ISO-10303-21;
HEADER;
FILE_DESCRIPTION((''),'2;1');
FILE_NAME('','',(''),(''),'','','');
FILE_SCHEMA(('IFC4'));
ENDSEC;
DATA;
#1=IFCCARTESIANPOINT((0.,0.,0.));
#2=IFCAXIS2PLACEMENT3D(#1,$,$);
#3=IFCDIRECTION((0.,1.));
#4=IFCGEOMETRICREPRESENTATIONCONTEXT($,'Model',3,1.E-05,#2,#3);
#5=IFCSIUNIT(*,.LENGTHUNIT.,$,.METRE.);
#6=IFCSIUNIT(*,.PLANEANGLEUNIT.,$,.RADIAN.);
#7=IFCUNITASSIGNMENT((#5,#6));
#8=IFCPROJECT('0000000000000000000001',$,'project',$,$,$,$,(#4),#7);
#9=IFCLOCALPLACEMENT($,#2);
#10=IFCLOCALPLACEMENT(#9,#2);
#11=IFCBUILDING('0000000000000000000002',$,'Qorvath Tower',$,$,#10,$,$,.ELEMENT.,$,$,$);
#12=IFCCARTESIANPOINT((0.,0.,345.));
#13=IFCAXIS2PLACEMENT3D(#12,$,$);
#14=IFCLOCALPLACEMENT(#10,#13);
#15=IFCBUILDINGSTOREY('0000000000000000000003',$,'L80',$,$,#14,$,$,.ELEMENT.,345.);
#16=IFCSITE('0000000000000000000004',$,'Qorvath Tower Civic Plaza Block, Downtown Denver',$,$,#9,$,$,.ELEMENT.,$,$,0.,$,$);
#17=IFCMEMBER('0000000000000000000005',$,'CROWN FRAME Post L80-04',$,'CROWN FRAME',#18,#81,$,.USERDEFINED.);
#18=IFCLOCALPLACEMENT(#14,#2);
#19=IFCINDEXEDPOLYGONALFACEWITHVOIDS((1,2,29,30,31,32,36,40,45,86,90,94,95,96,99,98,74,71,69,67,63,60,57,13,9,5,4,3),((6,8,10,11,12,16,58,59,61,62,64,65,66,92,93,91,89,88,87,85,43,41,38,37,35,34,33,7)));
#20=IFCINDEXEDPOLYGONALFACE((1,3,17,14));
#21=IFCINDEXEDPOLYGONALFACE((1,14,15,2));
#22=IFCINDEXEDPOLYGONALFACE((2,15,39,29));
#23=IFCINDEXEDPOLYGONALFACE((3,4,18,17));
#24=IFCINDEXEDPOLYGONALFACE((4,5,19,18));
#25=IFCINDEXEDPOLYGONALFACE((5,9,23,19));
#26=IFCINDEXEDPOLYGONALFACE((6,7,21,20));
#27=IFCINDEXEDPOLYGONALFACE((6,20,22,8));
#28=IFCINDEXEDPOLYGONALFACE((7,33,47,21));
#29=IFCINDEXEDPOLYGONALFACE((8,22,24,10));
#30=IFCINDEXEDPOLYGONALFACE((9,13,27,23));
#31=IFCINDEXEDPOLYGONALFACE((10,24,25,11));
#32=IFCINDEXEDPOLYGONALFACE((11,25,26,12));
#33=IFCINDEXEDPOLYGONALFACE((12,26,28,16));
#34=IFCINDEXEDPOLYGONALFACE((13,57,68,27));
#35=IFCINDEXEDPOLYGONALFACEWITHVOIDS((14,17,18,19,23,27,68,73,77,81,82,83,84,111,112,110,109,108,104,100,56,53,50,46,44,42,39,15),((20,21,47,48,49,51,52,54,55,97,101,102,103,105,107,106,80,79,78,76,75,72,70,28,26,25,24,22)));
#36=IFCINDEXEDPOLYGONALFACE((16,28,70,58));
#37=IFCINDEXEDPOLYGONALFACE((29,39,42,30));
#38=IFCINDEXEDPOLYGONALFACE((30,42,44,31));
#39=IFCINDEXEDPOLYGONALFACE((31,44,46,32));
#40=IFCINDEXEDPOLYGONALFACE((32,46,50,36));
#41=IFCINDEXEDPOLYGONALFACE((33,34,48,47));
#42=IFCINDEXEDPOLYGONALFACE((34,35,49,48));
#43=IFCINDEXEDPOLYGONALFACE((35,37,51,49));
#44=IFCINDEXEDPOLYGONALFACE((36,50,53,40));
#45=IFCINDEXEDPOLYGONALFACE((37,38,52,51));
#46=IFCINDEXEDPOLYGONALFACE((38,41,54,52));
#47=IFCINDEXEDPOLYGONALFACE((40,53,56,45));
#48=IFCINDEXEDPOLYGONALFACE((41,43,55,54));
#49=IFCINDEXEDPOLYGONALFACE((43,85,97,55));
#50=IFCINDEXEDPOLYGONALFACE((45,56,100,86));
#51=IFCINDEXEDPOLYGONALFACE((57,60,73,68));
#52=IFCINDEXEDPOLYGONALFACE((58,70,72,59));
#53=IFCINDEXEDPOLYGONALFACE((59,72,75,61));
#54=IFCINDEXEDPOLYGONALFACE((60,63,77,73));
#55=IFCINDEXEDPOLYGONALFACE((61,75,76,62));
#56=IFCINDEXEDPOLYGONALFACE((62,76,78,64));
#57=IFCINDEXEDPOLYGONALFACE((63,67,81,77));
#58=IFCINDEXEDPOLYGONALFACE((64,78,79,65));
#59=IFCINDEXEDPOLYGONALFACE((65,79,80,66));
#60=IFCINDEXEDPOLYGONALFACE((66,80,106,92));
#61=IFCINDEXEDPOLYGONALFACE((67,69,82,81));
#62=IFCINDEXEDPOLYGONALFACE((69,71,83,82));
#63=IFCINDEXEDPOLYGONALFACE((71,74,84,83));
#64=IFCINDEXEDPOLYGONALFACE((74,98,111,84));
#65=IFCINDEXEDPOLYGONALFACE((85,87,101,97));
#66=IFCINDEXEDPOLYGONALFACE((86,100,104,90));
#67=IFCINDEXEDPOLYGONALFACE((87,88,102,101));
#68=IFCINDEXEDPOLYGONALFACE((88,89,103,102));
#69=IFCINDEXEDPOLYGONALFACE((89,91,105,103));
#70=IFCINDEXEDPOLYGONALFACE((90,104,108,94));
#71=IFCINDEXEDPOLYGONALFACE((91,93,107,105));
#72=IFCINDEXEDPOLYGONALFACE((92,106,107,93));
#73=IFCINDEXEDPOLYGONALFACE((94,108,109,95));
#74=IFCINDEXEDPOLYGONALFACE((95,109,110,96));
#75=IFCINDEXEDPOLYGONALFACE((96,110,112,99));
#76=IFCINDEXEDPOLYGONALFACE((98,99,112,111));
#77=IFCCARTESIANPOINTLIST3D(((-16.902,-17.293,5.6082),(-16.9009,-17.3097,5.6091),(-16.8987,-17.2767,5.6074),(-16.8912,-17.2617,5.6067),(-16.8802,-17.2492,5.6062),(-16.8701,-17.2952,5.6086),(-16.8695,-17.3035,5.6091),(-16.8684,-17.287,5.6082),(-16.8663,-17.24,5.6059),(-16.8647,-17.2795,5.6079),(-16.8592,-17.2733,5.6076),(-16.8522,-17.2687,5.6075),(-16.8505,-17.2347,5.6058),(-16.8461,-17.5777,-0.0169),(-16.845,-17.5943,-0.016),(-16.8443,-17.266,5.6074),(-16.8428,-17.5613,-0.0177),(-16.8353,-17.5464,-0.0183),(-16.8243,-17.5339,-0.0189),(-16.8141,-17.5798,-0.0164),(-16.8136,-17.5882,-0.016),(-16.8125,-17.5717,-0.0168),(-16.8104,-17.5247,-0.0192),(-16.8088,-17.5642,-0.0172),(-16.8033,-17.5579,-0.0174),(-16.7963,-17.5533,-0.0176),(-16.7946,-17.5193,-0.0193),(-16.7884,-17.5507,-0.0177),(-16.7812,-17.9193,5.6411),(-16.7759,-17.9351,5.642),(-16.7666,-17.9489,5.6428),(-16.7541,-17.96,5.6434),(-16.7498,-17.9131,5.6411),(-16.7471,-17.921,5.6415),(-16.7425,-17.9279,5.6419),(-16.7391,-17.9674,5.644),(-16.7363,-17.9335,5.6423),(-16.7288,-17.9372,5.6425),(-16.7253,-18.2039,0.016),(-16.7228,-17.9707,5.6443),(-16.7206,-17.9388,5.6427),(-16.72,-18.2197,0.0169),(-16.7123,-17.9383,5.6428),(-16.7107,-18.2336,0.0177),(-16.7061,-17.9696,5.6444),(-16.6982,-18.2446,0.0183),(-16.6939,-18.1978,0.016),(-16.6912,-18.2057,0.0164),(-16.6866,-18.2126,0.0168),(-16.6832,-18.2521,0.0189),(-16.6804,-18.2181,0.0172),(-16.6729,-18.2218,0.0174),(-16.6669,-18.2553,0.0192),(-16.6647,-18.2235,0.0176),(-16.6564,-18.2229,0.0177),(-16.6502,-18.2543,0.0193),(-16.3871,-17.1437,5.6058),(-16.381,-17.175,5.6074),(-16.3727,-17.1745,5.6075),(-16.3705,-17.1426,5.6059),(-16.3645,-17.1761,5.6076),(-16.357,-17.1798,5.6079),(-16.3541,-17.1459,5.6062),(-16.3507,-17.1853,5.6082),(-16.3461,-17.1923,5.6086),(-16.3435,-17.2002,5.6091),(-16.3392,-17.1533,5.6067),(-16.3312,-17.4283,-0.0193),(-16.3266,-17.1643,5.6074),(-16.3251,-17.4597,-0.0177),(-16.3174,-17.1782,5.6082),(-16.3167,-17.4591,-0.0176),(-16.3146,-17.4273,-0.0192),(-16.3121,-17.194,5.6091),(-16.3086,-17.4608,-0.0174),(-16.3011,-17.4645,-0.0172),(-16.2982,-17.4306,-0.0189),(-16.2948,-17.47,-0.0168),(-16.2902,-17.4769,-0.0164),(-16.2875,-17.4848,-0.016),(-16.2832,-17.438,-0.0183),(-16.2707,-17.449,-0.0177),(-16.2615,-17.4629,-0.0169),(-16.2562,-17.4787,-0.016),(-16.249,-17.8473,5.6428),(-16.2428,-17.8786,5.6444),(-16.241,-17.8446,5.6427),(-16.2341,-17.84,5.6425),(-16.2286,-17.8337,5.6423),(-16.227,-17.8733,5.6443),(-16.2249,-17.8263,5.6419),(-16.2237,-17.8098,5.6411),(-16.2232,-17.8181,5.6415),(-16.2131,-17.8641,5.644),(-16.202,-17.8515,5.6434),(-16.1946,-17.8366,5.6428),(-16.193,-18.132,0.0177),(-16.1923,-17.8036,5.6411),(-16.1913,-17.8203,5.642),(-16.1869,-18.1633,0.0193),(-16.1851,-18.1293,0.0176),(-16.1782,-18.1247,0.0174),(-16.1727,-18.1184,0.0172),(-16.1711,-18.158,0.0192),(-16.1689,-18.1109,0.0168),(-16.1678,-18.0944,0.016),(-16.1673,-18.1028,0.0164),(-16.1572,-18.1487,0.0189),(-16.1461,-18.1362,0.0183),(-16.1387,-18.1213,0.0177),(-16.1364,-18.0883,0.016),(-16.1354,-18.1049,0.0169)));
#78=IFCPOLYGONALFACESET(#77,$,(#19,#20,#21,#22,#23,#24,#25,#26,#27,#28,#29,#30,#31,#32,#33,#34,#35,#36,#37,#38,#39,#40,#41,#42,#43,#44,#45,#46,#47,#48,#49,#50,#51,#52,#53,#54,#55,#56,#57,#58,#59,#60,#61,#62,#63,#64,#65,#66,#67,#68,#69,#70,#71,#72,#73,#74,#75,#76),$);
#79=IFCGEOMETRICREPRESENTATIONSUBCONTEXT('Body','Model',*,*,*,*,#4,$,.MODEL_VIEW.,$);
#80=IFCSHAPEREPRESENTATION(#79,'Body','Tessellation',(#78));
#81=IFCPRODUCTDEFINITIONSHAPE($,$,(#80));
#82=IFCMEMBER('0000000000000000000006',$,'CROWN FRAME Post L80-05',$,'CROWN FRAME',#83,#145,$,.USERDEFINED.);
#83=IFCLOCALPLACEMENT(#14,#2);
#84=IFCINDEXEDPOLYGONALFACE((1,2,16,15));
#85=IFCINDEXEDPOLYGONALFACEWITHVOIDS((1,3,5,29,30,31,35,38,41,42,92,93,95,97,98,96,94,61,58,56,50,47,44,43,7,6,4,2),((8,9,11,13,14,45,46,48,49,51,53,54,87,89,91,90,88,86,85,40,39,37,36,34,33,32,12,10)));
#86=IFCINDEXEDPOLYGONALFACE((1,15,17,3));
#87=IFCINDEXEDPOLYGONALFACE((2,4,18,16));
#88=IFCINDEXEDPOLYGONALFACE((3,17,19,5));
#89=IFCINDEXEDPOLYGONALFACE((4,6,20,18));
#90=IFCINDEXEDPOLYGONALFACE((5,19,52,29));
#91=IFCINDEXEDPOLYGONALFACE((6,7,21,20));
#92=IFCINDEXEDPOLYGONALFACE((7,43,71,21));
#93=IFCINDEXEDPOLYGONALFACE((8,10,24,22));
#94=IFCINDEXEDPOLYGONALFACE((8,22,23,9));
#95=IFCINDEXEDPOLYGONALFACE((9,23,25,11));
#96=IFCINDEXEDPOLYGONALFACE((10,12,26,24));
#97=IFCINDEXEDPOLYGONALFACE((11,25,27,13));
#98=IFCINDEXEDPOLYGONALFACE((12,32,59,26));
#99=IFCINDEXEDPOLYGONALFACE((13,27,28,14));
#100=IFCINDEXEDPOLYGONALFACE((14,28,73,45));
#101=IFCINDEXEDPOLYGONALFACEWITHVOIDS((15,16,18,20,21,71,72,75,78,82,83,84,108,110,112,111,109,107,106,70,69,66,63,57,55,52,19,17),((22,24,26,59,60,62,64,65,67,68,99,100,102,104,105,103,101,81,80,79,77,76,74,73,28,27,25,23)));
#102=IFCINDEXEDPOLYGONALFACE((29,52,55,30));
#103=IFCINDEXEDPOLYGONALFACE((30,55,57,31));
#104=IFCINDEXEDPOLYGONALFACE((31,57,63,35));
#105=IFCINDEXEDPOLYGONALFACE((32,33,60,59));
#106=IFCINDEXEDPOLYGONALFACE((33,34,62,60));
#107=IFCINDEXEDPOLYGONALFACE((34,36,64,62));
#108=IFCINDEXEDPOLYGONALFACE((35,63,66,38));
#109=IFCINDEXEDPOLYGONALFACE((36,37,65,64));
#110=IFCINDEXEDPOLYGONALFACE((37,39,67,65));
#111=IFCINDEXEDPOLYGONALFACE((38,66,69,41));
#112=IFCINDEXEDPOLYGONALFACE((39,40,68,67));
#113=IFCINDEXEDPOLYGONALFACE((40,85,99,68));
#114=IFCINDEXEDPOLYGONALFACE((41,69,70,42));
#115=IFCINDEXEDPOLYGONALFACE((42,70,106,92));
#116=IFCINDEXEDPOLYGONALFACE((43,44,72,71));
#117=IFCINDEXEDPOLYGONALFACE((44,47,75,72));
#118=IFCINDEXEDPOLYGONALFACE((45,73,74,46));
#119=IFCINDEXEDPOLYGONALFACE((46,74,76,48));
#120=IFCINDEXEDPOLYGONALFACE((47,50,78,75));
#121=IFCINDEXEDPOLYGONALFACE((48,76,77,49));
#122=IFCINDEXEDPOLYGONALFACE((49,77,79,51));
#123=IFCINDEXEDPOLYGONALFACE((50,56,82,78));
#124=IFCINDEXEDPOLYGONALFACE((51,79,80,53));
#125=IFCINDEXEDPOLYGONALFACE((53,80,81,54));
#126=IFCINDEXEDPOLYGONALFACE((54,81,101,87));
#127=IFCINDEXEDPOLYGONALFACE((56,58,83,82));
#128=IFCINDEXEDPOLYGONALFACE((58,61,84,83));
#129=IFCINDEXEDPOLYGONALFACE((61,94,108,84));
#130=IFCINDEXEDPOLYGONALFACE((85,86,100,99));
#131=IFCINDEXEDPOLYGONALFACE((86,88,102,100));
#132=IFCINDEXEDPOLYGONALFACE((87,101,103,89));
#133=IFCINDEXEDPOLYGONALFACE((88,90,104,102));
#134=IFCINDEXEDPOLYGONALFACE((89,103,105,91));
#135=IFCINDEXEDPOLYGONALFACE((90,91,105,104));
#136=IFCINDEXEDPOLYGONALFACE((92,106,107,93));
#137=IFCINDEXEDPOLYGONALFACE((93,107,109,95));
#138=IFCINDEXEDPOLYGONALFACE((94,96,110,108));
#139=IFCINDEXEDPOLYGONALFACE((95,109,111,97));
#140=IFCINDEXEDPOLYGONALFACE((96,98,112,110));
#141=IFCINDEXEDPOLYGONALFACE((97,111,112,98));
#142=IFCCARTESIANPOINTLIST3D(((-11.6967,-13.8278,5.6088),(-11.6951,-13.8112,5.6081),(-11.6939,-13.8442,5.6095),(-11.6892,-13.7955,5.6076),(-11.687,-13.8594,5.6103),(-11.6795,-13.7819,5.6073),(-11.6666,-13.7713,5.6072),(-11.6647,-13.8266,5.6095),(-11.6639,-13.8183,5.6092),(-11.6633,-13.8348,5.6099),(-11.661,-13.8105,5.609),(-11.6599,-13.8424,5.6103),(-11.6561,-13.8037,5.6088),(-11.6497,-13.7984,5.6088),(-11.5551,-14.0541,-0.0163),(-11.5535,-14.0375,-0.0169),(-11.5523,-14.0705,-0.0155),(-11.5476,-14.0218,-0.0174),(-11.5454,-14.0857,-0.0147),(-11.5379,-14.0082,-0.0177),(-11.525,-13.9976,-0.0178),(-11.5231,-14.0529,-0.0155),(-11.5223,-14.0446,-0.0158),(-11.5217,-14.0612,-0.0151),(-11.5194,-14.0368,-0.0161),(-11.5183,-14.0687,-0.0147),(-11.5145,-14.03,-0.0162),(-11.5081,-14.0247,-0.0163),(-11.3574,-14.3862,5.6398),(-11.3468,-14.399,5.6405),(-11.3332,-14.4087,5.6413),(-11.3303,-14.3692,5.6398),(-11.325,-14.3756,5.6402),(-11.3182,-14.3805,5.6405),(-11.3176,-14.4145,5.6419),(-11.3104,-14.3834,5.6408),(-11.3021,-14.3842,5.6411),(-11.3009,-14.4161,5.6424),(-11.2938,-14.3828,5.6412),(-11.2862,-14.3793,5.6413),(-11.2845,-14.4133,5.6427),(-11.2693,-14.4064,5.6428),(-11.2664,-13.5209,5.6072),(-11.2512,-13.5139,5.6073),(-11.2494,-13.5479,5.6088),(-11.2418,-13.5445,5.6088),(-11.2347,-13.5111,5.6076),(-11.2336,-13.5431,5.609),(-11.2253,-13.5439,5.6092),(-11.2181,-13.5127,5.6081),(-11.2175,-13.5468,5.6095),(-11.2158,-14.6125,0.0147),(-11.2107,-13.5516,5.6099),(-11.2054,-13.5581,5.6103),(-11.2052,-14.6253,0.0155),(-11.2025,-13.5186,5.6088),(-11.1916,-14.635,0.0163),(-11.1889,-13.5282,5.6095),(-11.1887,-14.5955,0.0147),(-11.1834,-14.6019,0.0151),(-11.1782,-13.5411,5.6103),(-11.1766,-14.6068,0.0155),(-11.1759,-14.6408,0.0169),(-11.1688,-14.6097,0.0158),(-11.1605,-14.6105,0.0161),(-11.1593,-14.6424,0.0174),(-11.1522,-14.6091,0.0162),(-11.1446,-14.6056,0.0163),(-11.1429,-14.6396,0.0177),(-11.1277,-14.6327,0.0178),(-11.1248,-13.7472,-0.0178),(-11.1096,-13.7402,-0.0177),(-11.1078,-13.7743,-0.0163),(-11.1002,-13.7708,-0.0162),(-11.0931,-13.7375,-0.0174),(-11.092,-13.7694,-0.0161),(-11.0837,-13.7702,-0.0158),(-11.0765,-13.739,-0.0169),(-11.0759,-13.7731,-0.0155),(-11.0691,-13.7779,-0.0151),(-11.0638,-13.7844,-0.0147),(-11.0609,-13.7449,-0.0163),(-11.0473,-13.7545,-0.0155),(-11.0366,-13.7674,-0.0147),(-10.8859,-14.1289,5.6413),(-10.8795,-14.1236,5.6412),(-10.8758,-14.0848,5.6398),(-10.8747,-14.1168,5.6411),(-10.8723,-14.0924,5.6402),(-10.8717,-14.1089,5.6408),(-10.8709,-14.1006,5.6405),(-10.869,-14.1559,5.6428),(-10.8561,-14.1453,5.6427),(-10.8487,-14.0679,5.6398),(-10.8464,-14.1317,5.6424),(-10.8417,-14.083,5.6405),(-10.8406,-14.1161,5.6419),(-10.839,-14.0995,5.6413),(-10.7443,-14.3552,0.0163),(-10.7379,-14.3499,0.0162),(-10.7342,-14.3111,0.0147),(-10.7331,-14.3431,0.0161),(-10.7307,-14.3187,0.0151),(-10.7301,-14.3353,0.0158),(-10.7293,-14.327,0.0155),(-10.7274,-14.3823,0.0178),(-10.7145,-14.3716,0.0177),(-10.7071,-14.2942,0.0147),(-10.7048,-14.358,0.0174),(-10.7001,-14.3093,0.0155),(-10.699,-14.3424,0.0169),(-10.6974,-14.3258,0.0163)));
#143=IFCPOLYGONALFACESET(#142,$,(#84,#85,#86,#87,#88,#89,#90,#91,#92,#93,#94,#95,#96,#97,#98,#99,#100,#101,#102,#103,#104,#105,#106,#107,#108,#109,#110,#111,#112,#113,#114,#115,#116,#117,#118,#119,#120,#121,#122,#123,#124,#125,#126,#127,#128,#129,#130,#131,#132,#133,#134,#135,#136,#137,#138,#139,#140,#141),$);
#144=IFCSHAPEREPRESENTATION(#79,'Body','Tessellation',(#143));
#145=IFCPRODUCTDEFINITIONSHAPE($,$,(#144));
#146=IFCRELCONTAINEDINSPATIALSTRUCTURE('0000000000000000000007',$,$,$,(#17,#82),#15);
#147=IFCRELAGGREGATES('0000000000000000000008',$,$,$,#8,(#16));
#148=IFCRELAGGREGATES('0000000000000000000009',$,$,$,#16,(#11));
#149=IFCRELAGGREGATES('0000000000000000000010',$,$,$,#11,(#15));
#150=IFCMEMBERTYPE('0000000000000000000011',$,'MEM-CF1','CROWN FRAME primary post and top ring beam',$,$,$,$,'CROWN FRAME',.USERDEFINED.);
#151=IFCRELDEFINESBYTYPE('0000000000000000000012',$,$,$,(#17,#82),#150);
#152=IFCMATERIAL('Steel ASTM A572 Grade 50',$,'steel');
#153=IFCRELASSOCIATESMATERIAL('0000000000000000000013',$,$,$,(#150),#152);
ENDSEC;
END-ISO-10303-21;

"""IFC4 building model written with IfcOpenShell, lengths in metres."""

from ifc_helpers import new_model, si_unit, direction, frame, origin, origin_2d, place, context, subcontext, project, spatial, hollow_rectangle, extrude, material, material_profile, profile_set, type_object, element, save


model = new_model("IFC4")

# Units and contexts
model_context = context("Model", 3, precision=1e-05, world=origin(), true_north=direction((0.0, 1.0)))
body_context = subcontext(model_context, "Body", "Model", "MODEL_VIEW")
ifc_project = project(units=[si_unit("LENGTHUNIT", "METRE"), si_unit("PLANEANGLEUNIT", "RADIAN")], contexts=[model_context])

# Site, building, storey
site_placement = place(None, origin())
site = spatial("IfcSite", under=ifc_project, at=site_placement, Name="Qorvath Tower Civic Plaza Block, Downtown Denver", CompositionType="ELEMENT", RefElevation=0.0)
building_placement = place(site_placement, origin())
building = spatial("IfcBuilding", under=site, at=building_placement, Name="Qorvath Tower", CompositionType="ELEMENT")
storey_placement = place(building_placement, frame((0.0, 0.0, 345.0)))
storey = spatial("IfcBuildingStorey", under=building, at=storey_placement, Name="L80", CompositionType="ELEMENT", Elevation=345.0)

# Members
ifc_material_1 = material(Name="Steel ASTM A572 Grade 50", Category="steel")
ifc_material_profile_1 = material_profile(ifc_material_1, hollow_rectangle(XDim=0.6001, YDim=0.75, WallThickness=0.032, InnerFilletRadius=0.032, OuterFilletRadius=0.064, at=origin_2d()), Name="CROWN BOX 750x600x32")
ifc_profile_set_1 = profile_set([ifc_material_profile_1], Name="Steel ASTM A572 Grade 50")
member_type_1 = type_object("IfcMemberType", Name="MEM-CF1", Description="CROWN FRAME primary post and top ring beam", ElementType="CROWN FRAME", PredefinedType="USERDEFINED", material=ifc_profile_set_1)
member_1_placement = place(storey_placement, frame((-16.4907, -17.8413, 0.0), z_axis=(-0.009926, 0.05054, 0.998673), x_axis=(-0.981255, -0.192716, 0.0)))
element("IfcMember", 1, at=member_1_placement, inside=storey, type_object=member_type_1, Name="CROWN FRAME Post L80-04", ObjectType="CROWN FRAME", PredefinedType="USERDEFINED", context=body_context, shape_type="SweptSolid", body=[
    extrude(hollow_rectangle(XDim=0.6001, YDim=0.75, WallThickness=0.032, InnerFilletRadius=0.032, OuterFilletRadius=0.064, at=origin_2d()), origin(), (0.0, 0.0, 1.0), 5.6326),
])
member_2_placement = place(storey_placement, frame((-11.1262, -14.1899, 0.0), z_axis=(-0.025145, 0.040189, 0.998876), x_axis=(-0.847741, -0.53041, 0.0)))
element("IfcMember", 2, at=member_2_placement, inside=storey, type_object=member_type_1, Name="CROWN FRAME Post L80-05", ObjectType="CROWN FRAME", PredefinedType="USERDEFINED", context=body_context, shape_type="SweptSolid", body=[
    extrude(hollow_rectangle(XDim=0.6001, YDim=0.75, WallThickness=0.032, InnerFilletRadius=0.032, OuterFilletRadius=0.064, at=origin_2d()), origin(), (0.0, 0.0, 1.0), 5.6313),
])

save(model, "model.ifc")
